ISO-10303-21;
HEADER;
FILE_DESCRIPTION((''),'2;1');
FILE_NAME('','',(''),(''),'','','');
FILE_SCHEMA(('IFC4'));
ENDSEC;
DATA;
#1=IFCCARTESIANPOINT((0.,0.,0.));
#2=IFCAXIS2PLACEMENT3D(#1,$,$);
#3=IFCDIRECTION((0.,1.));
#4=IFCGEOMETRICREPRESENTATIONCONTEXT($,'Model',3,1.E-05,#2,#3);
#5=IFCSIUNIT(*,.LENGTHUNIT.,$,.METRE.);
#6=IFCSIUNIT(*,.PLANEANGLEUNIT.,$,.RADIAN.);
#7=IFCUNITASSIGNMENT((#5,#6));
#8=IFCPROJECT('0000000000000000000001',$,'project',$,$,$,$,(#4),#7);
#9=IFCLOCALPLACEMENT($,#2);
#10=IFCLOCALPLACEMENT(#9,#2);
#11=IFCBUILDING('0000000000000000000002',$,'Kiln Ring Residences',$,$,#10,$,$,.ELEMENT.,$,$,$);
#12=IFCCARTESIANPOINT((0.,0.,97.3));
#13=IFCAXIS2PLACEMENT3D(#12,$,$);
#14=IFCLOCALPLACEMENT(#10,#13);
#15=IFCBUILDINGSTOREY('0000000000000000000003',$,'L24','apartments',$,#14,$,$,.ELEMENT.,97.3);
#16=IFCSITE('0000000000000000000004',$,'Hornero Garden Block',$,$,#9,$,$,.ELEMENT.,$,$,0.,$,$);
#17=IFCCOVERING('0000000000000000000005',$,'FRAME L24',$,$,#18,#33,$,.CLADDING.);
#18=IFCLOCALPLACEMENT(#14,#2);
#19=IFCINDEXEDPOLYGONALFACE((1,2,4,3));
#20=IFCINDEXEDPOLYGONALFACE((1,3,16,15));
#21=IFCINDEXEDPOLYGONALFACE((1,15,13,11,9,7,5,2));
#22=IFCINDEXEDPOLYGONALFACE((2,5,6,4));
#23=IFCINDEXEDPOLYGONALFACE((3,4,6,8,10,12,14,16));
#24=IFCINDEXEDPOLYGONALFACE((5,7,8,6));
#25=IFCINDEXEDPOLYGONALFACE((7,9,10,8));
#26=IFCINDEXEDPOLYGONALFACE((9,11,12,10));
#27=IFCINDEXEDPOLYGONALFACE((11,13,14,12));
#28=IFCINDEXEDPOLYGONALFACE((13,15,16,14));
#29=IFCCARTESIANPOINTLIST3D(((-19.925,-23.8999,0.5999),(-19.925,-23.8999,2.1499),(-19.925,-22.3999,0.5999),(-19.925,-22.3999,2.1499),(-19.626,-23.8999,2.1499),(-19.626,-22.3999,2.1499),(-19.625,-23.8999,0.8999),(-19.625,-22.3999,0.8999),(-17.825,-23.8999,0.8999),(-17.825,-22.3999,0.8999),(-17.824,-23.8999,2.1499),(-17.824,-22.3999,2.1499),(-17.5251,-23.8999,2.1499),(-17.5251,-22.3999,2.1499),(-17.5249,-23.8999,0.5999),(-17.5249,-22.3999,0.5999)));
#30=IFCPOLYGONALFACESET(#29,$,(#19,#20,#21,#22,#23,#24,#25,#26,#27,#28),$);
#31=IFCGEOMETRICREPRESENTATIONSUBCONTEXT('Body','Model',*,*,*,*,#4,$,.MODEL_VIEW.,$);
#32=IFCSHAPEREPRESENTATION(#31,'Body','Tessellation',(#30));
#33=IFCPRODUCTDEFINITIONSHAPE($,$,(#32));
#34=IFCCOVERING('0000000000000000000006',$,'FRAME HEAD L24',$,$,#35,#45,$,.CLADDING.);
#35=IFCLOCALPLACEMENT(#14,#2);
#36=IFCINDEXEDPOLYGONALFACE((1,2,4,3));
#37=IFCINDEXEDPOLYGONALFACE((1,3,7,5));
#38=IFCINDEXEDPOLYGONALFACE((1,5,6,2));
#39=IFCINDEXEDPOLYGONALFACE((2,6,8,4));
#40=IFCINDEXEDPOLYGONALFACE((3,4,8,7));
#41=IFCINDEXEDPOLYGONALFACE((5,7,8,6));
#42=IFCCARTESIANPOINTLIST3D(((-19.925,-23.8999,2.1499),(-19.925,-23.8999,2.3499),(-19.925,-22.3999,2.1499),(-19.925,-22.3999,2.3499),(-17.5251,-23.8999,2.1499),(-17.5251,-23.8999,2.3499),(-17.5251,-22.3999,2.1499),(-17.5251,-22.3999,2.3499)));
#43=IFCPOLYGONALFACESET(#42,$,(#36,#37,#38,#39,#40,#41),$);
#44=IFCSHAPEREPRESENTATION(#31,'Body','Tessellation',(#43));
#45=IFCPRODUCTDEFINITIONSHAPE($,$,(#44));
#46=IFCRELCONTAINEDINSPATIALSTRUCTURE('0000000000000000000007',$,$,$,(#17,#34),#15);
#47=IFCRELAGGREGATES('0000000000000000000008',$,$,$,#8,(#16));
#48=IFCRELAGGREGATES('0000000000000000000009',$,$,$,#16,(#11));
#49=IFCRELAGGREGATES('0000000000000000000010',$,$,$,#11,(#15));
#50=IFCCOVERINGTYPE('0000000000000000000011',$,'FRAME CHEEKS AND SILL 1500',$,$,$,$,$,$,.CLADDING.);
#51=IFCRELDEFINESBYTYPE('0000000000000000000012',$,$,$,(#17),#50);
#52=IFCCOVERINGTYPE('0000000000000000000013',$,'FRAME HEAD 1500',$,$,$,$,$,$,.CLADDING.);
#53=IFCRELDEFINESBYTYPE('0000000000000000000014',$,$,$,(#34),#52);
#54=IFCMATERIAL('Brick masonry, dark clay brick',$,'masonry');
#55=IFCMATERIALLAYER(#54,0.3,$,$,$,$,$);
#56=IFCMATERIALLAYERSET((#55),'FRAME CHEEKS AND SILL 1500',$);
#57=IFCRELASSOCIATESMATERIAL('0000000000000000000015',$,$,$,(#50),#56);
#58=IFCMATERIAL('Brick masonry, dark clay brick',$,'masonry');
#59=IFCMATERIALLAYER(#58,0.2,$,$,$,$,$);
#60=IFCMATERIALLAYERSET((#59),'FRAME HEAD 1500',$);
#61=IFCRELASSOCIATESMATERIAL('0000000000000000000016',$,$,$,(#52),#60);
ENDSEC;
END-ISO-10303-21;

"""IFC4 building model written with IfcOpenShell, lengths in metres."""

from ifc_helpers import new_model, si_unit, direction, frame, origin, origin_2d, place, context, subcontext, project, spatial, polyline, rectangle, outline, extrude, material, layer, layer_set, type_object, element, save


model = new_model("IFC4")

# Units and contexts
model_context = context("Model", 3, precision=1e-05, world=origin(), true_north=direction((0.0, 1.0)))
body_context = subcontext(model_context, "Body", "Model", "MODEL_VIEW")
ifc_project = project(units=[si_unit("LENGTHUNIT", "METRE"), si_unit("PLANEANGLEUNIT", "RADIAN")], contexts=[model_context])

# Site, building, storey
site_placement = place(None, origin())
site = spatial("IfcSite", under=ifc_project, at=site_placement, Name="Hornero Garden Block", CompositionType="ELEMENT", RefElevation=0.0)
building_placement = place(site_placement, origin())
building = spatial("IfcBuilding", under=site, at=building_placement, Name="Kiln Ring Residences", CompositionType="ELEMENT")
storey_placement = place(building_placement, frame((0.0, 0.0, 97.3)))
storey = spatial("IfcBuildingStorey", under=building, at=storey_placement, Name="L24", Description="apartments", CompositionType="ELEMENT", Elevation=97.3)

# Coverings
ifc_material_1 = material(Name="Brick masonry, dark clay brick", Category="masonry")
ifc_layer_1 = layer(ifc_material_1, 0.3)
ifc_layer_set_1 = layer_set([ifc_layer_1], Name="FRAME CHEEKS AND SILL 1500")
covering_type_1 = type_object("IfcCoveringType", Name="FRAME CHEEKS AND SILL 1500", PredefinedType="CLADDING", material=ifc_layer_set_1)
covering_1_placement = place(storey_placement, frame((-19.925, -23.1499, 0.5999), z_axis=(0.0, 0.0, 1.0), x_axis=(1.0, 0.0, 0.0)))
element("IfcCovering", 1, at=covering_1_placement, inside=storey, type_object=covering_type_1, Name="FRAME L24", PredefinedType="CLADDING", context=body_context, shape_type="SweptSolid", body=[
    extrude(outline(polyline([(0.0, 0.0), (2.4001, 0.0), (2.3999, 1.55), (2.1011, 1.55), (2.1001, 0.3), (0.3, 0.3), (0.2991, 1.55), (0.0, 1.55), (0.0, 0.0)])), frame((0.0, 0.75, 0.0), z_axis=(0.0, -1.0, 0.0), x_axis=(1.0, 0.0, 0.0)), (0.0, 0.0, 1.0), 1.5),
])
ifc_material_2 = material(Name="Brick masonry, dark clay brick", Category="masonry")
ifc_layer_2 = layer(ifc_material_2, 0.2)
ifc_layer_set_2 = layer_set([ifc_layer_2], Name="FRAME HEAD 1500")
covering_type_2 = type_object("IfcCoveringType", Name="FRAME HEAD 1500", PredefinedType="CLADDING", material=ifc_layer_set_2)
covering_2_placement = place(storey_placement, frame((-18.7251, -23.1499, 2.1499), z_axis=(0.0, 0.0, 1.0), x_axis=(1.0, 0.0, 0.0)))
element("IfcCovering", 2, at=covering_2_placement, inside=storey, type_object=covering_type_2, Name="FRAME HEAD L24", PredefinedType="CLADDING", context=body_context, shape_type="SweptSolid", body=[
    extrude(rectangle(XDim=2.3999, YDim=1.5, at=origin_2d()), origin(), (0.0, 0.0, 1.0), 0.2),
])

save(model, "model.ifc")
